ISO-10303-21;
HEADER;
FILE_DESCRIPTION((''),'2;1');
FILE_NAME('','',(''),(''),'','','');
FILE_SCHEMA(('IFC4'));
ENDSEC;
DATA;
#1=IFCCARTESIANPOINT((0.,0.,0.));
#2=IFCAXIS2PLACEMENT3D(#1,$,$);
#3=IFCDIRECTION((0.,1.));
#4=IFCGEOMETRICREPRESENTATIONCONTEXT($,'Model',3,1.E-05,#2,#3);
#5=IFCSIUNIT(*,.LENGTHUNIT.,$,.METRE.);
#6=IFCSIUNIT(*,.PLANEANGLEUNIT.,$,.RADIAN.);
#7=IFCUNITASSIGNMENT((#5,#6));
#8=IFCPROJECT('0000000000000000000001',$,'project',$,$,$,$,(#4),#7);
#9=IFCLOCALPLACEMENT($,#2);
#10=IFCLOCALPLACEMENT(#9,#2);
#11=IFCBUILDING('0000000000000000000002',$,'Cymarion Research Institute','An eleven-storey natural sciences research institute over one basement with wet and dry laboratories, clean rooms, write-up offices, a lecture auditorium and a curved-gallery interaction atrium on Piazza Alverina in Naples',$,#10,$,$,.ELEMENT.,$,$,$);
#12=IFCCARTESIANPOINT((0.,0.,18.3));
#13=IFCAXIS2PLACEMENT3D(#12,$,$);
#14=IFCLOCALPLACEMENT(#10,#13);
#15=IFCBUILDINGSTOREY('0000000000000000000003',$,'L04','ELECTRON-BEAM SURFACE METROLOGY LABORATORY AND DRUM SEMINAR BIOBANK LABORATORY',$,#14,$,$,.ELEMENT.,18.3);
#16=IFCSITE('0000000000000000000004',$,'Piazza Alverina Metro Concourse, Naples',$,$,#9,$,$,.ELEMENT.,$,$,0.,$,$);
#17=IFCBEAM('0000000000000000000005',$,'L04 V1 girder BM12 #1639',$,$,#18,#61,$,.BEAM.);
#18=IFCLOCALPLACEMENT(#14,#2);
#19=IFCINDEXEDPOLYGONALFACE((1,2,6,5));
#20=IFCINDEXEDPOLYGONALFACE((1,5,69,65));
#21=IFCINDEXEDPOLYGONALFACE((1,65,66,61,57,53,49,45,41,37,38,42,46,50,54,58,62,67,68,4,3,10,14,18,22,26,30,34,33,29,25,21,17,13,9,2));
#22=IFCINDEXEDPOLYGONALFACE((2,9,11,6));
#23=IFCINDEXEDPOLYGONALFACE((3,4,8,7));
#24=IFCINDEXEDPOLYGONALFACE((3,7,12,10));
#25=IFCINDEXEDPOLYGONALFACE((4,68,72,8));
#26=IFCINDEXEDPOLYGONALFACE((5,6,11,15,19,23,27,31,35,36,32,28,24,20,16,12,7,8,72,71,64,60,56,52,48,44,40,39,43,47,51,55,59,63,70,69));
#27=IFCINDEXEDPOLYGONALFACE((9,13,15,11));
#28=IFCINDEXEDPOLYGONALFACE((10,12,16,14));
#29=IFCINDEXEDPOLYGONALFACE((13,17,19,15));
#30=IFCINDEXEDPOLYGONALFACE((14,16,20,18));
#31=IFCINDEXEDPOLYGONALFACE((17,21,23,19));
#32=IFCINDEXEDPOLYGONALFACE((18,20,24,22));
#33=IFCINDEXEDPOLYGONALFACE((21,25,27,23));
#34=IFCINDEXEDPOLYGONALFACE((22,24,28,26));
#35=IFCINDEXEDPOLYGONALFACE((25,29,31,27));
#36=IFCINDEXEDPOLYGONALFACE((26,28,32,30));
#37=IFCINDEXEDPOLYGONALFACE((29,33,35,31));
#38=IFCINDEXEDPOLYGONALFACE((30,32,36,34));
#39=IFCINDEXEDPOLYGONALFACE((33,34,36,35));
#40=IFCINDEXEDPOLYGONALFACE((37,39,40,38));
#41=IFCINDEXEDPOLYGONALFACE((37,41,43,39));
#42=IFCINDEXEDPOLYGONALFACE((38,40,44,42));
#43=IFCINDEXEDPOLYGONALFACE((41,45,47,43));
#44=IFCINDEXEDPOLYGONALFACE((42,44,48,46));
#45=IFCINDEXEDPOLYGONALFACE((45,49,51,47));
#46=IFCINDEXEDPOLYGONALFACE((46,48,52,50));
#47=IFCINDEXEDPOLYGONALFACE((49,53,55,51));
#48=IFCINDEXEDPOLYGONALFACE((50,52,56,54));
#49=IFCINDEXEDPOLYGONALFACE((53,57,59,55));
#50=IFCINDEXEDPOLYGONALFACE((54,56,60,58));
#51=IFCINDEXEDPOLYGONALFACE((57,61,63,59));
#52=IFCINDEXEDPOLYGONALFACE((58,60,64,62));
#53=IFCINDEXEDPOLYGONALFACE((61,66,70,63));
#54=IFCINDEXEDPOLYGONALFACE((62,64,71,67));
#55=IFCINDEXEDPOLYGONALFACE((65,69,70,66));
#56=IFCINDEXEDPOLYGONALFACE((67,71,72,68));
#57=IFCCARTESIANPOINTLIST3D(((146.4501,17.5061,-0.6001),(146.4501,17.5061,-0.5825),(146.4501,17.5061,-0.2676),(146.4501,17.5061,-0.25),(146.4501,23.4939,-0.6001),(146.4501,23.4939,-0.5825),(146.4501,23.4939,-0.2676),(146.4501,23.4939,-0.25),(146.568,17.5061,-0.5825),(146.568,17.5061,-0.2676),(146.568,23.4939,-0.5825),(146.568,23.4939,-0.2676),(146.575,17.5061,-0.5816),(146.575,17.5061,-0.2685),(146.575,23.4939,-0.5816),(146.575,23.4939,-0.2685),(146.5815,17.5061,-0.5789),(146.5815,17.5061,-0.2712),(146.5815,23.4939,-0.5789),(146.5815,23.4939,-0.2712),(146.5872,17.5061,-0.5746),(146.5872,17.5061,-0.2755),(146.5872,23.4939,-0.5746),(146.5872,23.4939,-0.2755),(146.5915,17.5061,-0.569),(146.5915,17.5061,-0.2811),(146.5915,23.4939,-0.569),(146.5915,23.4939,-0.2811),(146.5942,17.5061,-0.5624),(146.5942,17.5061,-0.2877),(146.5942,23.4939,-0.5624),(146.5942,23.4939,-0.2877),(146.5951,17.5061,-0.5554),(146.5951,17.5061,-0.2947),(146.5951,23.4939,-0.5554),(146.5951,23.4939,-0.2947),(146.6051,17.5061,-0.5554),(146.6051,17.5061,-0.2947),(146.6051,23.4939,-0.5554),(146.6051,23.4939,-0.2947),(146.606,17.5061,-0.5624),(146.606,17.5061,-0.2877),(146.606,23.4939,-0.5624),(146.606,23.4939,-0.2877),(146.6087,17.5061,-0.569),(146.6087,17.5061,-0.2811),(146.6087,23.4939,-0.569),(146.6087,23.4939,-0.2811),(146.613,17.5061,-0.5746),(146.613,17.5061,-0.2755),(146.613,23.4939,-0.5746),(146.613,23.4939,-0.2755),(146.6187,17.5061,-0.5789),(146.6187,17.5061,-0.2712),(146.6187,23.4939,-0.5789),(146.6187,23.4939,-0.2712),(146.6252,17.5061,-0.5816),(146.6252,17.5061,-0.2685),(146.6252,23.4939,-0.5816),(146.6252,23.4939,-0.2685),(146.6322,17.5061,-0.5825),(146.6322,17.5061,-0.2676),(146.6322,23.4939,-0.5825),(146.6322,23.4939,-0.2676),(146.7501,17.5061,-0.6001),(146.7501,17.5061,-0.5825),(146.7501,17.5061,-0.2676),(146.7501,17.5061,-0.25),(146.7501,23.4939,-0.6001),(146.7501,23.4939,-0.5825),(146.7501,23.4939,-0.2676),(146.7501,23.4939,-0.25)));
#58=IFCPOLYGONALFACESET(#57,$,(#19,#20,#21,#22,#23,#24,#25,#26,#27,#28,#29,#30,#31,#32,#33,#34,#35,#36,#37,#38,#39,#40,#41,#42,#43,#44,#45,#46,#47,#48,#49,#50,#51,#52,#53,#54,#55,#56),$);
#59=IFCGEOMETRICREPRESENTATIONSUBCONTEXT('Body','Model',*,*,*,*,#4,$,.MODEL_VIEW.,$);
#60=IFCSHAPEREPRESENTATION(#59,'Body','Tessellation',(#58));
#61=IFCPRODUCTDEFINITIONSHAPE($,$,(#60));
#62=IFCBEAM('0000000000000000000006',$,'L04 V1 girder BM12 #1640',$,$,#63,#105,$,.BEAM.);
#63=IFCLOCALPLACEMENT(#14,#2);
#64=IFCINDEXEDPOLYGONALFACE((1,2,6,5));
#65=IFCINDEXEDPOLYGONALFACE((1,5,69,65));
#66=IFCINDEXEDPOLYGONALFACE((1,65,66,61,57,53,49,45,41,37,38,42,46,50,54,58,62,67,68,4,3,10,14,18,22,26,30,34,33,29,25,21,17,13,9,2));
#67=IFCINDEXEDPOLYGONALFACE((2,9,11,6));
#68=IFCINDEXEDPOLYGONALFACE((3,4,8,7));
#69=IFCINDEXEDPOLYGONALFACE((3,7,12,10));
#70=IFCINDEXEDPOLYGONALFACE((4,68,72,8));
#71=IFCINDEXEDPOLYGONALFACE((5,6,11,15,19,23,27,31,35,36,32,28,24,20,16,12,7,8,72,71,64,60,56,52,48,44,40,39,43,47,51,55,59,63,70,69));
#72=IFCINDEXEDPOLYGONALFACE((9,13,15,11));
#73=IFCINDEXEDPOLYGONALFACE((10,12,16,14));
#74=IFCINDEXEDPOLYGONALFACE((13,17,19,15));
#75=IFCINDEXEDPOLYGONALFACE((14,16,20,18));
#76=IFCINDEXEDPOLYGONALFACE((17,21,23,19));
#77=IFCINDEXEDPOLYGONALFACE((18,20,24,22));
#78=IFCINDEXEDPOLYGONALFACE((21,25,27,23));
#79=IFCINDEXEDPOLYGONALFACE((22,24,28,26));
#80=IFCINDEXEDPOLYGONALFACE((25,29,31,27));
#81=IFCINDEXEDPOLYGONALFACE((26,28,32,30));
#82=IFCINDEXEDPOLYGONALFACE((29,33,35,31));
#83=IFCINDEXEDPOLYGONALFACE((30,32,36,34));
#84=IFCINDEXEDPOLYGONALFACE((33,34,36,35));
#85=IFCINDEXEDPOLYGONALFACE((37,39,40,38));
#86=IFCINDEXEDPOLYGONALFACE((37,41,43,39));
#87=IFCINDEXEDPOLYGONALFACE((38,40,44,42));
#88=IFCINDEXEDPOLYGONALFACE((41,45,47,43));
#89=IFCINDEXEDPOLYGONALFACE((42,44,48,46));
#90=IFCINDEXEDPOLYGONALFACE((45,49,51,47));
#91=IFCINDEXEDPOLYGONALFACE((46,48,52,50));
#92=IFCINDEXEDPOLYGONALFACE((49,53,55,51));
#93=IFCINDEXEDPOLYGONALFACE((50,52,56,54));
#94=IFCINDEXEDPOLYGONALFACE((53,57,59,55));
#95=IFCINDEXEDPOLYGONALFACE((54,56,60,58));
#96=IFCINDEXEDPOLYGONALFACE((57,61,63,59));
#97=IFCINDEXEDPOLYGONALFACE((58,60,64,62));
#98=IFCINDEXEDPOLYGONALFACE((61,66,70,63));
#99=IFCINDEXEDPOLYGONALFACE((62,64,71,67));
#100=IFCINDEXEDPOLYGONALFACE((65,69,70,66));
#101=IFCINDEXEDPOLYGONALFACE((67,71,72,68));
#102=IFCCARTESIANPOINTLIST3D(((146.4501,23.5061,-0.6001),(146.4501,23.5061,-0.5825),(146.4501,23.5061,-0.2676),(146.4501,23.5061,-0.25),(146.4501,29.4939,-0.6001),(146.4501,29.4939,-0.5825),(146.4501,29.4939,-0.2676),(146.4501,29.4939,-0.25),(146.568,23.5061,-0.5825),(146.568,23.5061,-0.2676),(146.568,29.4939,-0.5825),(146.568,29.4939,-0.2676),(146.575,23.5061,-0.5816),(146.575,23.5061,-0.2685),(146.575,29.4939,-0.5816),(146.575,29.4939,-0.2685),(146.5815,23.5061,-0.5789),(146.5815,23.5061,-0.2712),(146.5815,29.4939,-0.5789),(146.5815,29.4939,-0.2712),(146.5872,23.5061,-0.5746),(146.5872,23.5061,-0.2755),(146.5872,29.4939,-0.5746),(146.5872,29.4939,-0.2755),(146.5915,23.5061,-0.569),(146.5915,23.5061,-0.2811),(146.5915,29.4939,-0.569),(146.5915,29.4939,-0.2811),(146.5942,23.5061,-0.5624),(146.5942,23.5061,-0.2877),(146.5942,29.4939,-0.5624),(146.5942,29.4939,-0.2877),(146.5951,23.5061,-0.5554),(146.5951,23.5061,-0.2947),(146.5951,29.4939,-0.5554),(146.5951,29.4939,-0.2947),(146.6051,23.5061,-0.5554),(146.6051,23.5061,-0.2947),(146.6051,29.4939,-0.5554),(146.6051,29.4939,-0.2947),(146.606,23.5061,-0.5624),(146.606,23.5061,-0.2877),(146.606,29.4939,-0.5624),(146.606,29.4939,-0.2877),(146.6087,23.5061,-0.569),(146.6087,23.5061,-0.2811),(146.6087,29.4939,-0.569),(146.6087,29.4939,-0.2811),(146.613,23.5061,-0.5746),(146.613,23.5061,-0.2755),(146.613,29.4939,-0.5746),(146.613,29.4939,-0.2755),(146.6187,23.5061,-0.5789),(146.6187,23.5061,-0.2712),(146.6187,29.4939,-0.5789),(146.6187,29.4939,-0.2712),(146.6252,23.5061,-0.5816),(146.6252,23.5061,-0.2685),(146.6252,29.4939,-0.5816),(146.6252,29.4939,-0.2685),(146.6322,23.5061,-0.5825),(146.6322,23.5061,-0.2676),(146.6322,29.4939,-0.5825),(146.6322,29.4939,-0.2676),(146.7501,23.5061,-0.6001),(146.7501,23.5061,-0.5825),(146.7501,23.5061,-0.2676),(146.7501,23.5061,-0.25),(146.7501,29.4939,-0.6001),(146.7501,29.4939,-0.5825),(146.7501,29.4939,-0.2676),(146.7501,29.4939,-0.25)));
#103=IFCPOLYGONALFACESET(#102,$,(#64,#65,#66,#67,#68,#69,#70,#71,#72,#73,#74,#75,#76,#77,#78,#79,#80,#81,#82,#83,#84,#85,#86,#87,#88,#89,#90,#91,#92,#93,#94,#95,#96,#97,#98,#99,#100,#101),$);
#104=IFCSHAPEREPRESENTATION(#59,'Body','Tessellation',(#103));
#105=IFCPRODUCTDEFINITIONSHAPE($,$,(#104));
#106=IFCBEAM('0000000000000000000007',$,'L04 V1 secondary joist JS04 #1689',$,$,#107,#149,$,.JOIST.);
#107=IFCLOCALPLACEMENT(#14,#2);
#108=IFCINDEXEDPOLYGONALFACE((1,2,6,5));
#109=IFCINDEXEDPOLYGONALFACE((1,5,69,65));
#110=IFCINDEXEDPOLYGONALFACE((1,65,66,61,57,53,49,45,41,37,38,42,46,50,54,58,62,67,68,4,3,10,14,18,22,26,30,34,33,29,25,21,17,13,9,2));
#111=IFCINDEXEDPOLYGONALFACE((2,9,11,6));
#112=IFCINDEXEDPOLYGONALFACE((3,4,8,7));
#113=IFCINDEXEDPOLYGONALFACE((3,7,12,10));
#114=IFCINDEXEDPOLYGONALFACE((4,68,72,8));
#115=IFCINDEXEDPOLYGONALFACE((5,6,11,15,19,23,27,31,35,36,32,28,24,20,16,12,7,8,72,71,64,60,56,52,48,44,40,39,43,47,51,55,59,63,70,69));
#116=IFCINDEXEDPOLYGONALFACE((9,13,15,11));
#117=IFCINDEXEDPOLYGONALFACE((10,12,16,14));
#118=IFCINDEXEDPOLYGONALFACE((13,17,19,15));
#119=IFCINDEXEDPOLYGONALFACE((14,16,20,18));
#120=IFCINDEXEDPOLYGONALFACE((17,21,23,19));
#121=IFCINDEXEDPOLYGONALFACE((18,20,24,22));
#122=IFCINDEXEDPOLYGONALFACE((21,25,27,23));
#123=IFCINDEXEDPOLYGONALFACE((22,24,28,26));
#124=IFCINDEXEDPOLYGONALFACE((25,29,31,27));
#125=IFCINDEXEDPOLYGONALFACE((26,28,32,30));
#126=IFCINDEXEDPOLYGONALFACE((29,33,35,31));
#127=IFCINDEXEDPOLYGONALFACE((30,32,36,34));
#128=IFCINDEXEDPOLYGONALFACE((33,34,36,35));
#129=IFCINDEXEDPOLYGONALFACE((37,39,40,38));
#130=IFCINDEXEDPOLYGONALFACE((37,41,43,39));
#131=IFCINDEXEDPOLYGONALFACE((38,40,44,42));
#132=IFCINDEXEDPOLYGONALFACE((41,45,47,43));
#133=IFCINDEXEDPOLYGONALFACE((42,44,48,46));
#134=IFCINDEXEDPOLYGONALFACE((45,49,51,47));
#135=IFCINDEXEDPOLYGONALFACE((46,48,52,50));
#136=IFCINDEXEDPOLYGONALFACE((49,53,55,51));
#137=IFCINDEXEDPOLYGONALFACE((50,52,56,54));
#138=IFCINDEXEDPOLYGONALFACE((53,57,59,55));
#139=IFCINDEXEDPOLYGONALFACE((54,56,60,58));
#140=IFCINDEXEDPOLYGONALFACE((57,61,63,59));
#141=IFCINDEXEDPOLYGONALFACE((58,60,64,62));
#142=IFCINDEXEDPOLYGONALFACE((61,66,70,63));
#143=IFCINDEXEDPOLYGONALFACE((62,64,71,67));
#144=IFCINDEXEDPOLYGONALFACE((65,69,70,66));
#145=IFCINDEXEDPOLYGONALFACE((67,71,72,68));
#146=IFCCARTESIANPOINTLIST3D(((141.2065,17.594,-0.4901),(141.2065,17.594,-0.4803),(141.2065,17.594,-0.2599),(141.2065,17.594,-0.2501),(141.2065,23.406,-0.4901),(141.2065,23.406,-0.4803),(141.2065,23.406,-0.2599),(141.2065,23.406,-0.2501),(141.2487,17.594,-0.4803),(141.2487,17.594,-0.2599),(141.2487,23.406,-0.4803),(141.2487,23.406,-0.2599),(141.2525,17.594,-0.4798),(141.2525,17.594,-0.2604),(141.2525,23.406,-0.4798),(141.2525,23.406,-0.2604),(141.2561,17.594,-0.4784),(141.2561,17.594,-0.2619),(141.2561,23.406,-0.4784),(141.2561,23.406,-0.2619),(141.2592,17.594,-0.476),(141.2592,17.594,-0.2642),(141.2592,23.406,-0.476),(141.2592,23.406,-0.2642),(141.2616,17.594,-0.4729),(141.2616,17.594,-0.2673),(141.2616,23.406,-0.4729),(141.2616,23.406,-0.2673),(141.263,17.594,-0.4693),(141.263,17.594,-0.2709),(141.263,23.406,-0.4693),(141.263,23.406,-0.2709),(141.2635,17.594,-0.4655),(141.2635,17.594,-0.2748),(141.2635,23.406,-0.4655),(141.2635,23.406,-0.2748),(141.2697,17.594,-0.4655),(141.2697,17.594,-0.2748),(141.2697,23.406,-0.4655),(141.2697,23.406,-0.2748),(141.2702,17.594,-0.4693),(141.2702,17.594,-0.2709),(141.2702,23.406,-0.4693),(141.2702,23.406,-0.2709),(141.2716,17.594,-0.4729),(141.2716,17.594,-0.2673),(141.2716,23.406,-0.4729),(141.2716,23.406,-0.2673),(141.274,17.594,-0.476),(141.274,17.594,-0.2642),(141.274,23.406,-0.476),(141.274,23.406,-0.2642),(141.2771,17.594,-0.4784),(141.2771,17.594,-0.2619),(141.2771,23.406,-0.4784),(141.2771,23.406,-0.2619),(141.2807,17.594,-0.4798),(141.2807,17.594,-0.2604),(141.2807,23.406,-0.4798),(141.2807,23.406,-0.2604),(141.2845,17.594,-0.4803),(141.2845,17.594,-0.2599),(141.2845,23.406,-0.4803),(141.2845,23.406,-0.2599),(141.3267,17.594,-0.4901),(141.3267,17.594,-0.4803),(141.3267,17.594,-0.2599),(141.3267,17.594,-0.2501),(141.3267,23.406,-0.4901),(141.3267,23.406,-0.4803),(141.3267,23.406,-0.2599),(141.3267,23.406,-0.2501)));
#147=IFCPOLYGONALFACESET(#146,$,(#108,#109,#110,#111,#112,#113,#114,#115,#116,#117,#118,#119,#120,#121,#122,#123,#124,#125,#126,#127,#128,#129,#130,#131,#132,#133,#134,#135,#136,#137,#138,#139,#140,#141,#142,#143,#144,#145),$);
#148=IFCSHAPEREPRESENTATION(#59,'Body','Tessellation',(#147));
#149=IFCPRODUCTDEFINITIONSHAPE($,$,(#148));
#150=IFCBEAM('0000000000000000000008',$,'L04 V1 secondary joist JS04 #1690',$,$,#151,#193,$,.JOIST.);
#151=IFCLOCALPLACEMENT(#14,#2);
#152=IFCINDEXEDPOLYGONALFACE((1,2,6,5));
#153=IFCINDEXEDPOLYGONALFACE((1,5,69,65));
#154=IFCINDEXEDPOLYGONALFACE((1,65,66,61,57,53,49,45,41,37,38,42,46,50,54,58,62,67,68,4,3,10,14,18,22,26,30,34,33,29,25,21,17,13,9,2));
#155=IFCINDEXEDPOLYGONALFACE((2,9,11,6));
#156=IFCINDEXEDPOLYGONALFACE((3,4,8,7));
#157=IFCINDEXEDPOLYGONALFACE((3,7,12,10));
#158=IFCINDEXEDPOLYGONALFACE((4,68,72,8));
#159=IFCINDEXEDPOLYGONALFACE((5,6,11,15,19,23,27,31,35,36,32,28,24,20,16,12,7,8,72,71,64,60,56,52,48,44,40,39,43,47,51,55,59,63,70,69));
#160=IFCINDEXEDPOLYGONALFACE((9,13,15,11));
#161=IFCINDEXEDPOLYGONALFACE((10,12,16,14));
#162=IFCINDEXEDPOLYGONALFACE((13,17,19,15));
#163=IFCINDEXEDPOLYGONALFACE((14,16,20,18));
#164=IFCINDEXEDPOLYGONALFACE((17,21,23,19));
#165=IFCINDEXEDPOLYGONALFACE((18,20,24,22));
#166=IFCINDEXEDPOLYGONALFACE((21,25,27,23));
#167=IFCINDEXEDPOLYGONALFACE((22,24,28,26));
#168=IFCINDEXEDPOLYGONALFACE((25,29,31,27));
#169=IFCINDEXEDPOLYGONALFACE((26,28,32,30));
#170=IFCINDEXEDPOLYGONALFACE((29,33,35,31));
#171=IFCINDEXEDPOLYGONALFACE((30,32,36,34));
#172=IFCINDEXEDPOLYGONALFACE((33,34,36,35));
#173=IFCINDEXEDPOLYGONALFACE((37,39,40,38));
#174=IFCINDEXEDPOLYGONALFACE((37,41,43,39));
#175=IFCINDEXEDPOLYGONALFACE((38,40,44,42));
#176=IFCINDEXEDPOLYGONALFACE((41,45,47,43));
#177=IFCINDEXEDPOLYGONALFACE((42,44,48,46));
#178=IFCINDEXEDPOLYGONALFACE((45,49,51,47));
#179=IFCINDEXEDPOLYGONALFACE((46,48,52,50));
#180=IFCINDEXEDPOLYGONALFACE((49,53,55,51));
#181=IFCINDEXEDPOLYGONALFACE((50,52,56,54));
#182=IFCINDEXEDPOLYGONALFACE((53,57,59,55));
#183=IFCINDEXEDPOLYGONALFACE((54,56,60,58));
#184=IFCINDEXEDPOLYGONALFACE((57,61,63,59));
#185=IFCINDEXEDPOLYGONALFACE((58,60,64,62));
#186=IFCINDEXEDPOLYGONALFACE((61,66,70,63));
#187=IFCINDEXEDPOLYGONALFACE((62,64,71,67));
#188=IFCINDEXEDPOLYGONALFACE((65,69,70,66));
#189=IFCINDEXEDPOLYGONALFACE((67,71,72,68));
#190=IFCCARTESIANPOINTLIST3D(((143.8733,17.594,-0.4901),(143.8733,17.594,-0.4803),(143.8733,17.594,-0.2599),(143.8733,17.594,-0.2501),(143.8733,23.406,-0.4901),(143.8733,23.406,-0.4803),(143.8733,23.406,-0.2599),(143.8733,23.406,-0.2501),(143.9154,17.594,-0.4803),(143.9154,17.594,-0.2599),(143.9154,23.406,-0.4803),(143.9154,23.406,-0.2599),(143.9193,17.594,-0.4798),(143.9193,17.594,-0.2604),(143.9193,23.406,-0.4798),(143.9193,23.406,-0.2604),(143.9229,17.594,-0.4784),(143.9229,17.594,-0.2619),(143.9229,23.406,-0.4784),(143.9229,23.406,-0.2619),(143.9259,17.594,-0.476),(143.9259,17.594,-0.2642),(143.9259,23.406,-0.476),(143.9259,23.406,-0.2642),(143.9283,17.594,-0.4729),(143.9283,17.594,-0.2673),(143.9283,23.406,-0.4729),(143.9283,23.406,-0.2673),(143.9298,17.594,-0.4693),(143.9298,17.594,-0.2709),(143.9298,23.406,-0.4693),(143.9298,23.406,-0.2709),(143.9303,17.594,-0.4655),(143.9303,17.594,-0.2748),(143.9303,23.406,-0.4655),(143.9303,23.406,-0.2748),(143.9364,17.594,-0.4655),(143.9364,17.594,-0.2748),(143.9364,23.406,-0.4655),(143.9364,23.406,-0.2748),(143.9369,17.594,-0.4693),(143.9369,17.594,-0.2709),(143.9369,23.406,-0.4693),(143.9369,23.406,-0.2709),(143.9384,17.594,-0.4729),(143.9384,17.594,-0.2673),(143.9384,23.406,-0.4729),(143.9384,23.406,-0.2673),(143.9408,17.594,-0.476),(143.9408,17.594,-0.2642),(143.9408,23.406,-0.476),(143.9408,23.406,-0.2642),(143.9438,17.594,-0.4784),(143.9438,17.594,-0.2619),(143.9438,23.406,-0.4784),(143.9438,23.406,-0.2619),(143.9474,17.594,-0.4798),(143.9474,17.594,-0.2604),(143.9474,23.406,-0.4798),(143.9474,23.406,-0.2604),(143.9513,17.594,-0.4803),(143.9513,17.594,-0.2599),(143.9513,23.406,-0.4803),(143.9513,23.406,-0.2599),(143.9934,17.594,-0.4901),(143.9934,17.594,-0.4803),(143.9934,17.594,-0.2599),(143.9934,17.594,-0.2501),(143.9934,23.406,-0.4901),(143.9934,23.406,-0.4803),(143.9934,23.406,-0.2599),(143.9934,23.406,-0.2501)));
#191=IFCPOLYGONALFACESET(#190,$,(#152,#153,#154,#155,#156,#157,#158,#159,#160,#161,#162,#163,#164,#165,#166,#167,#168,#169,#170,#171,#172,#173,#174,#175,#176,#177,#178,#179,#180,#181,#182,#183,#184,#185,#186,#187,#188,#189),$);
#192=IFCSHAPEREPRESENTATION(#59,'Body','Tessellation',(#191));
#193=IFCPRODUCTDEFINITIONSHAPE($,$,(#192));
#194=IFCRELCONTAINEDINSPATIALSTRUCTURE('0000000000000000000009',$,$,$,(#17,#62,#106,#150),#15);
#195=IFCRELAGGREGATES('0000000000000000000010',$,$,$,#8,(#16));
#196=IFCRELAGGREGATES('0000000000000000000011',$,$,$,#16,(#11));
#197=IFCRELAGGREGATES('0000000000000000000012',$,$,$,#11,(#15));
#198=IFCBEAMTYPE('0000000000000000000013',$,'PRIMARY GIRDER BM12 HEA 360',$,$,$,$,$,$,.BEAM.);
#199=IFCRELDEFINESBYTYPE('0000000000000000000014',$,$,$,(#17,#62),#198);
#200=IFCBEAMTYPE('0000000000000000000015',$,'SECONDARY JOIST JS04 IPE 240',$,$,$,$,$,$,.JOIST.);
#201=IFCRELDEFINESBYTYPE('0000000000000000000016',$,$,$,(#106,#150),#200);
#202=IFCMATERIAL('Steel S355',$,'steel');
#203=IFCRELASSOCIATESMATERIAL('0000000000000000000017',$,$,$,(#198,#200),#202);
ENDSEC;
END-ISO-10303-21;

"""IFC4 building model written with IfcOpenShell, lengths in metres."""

from ifc_helpers import new_model, si_unit, direction, frame, origin, origin_2d, place, context, subcontext, project, spatial, i_section, extrude, material, material_profile, profile_set, type_object, element, save


model = new_model("IFC4")

# Units and contexts
model_context = context("Model", 3, precision=1e-05, world=origin(), true_north=direction((0.0, 1.0)))
body_context = subcontext(model_context, "Body", "Model", "MODEL_VIEW")
ifc_project = project(units=[si_unit("LENGTHUNIT", "METRE"), si_unit("PLANEANGLEUNIT", "RADIAN")], contexts=[model_context])

# Site, building, storey
site_placement = place(None, origin())
site = spatial("IfcSite", under=ifc_project, at=site_placement, Name="Piazza Alverina Metro Concourse, Naples", CompositionType="ELEMENT", RefElevation=0.0)
building_placement = place(site_placement, origin())
building = spatial("IfcBuilding", under=site, at=building_placement, Name="Cymarion Research Institute", Description="An eleven-storey natural sciences research institute over one basement with wet and dry laboratories, clean rooms, write-up offices, a lecture auditorium and a curved-gallery interaction atrium on Piazza Alverina in Naples", CompositionType="ELEMENT")
storey_placement = place(building_placement, frame((0.0, 0.0, 18.3)))
storey = spatial("IfcBuildingStorey", under=building, at=storey_placement, Name="L04", Description="ELECTRON-BEAM SURFACE METROLOGY LABORATORY AND DRUM SEMINAR BIOBANK LABORATORY", CompositionType="ELEMENT", Elevation=18.3)

# Shared definitions
ifc_material_1 = material(Name="Steel S355", Category="steel")

# Beams
ifc_material_profile_1 = material_profile(ifc_material_1, i_section(OverallWidth=0.3, OverallDepth=0.3501, WebThickness=0.01, FlangeThickness=0.0176, FilletRadius=0.0271, at=origin_2d()), Name="HEA 360")
ifc_profile_set_1 = profile_set([ifc_material_profile_1], Name="Steel S355")
beam_type_1 = type_object("IfcBeamType", Name="PRIMARY GIRDER BM12 HEA 360", PredefinedType="BEAM", material=ifc_profile_set_1)
for number, where, z_axis, x_axis, name in (
    (1, (146.6001, 17.5061, -0.425), (0.0, 1.0, 0.0), (-1.0, 0.0, 0.0), "L04 V1 girder BM12 #1639"),
    (2, (146.6001, 23.5061, -0.425), (0.0, 1.0, 0.0), (-1.0, 0.0, 0.0), "L04 V1 girder BM12 #1640"),
):
    element("IfcBeam", number, at=place(storey_placement, frame(where, z_axis=z_axis, x_axis=x_axis)), inside=storey, type_object=beam_type_1, Name=name, PredefinedType="BEAM", context=body_context, shape_type="SweptSolid", body=[
        extrude(i_section(OverallWidth=0.3, OverallDepth=0.3501, WebThickness=0.01, FlangeThickness=0.0176, FilletRadius=0.0271, at=origin_2d()), origin(), (0.0, 0.0, 1.0), 5.9878),
    ])
ifc_material_profile_2 = material_profile(ifc_material_1, i_section(OverallWidth=0.1201, OverallDepth=0.24, WebThickness=0.0061, FlangeThickness=0.0098, FilletRadius=0.0149, at=origin_2d()), Name="IPE 240")
ifc_profile_set_2 = profile_set([ifc_material_profile_2], Name="Steel S355")
beam_type_2 = type_object("IfcBeamType", Name="SECONDARY JOIST JS04 IPE 240", PredefinedType="JOIST", material=ifc_profile_set_2)
for number, where, z_axis, x_axis, name in (
    (3, (141.2666, 17.594, -0.3701), (0.0, 1.0, 0.0), (-1.0, 0.0, 0.0), "L04 V1 secondary joist JS04 #1689"),
    (4, (143.9333, 17.594, -0.3701), (0.0, 1.0, 0.0), (-1.0, 0.0, 0.0), "L04 V1 secondary joist JS04 #1690"),
):
    element("IfcBeam", number, at=place(storey_placement, frame(where, z_axis=z_axis, x_axis=x_axis)), inside=storey, type_object=beam_type_2, Name=name, PredefinedType="JOIST", context=body_context, shape_type="SweptSolid", body=[
        extrude(i_section(OverallWidth=0.1201, OverallDepth=0.24, WebThickness=0.0061, FlangeThickness=0.0098, FilletRadius=0.0149, at=origin_2d()), origin(), (0.0, 0.0, 1.0), 5.812),
    ])

save(model, "model.ifc")
